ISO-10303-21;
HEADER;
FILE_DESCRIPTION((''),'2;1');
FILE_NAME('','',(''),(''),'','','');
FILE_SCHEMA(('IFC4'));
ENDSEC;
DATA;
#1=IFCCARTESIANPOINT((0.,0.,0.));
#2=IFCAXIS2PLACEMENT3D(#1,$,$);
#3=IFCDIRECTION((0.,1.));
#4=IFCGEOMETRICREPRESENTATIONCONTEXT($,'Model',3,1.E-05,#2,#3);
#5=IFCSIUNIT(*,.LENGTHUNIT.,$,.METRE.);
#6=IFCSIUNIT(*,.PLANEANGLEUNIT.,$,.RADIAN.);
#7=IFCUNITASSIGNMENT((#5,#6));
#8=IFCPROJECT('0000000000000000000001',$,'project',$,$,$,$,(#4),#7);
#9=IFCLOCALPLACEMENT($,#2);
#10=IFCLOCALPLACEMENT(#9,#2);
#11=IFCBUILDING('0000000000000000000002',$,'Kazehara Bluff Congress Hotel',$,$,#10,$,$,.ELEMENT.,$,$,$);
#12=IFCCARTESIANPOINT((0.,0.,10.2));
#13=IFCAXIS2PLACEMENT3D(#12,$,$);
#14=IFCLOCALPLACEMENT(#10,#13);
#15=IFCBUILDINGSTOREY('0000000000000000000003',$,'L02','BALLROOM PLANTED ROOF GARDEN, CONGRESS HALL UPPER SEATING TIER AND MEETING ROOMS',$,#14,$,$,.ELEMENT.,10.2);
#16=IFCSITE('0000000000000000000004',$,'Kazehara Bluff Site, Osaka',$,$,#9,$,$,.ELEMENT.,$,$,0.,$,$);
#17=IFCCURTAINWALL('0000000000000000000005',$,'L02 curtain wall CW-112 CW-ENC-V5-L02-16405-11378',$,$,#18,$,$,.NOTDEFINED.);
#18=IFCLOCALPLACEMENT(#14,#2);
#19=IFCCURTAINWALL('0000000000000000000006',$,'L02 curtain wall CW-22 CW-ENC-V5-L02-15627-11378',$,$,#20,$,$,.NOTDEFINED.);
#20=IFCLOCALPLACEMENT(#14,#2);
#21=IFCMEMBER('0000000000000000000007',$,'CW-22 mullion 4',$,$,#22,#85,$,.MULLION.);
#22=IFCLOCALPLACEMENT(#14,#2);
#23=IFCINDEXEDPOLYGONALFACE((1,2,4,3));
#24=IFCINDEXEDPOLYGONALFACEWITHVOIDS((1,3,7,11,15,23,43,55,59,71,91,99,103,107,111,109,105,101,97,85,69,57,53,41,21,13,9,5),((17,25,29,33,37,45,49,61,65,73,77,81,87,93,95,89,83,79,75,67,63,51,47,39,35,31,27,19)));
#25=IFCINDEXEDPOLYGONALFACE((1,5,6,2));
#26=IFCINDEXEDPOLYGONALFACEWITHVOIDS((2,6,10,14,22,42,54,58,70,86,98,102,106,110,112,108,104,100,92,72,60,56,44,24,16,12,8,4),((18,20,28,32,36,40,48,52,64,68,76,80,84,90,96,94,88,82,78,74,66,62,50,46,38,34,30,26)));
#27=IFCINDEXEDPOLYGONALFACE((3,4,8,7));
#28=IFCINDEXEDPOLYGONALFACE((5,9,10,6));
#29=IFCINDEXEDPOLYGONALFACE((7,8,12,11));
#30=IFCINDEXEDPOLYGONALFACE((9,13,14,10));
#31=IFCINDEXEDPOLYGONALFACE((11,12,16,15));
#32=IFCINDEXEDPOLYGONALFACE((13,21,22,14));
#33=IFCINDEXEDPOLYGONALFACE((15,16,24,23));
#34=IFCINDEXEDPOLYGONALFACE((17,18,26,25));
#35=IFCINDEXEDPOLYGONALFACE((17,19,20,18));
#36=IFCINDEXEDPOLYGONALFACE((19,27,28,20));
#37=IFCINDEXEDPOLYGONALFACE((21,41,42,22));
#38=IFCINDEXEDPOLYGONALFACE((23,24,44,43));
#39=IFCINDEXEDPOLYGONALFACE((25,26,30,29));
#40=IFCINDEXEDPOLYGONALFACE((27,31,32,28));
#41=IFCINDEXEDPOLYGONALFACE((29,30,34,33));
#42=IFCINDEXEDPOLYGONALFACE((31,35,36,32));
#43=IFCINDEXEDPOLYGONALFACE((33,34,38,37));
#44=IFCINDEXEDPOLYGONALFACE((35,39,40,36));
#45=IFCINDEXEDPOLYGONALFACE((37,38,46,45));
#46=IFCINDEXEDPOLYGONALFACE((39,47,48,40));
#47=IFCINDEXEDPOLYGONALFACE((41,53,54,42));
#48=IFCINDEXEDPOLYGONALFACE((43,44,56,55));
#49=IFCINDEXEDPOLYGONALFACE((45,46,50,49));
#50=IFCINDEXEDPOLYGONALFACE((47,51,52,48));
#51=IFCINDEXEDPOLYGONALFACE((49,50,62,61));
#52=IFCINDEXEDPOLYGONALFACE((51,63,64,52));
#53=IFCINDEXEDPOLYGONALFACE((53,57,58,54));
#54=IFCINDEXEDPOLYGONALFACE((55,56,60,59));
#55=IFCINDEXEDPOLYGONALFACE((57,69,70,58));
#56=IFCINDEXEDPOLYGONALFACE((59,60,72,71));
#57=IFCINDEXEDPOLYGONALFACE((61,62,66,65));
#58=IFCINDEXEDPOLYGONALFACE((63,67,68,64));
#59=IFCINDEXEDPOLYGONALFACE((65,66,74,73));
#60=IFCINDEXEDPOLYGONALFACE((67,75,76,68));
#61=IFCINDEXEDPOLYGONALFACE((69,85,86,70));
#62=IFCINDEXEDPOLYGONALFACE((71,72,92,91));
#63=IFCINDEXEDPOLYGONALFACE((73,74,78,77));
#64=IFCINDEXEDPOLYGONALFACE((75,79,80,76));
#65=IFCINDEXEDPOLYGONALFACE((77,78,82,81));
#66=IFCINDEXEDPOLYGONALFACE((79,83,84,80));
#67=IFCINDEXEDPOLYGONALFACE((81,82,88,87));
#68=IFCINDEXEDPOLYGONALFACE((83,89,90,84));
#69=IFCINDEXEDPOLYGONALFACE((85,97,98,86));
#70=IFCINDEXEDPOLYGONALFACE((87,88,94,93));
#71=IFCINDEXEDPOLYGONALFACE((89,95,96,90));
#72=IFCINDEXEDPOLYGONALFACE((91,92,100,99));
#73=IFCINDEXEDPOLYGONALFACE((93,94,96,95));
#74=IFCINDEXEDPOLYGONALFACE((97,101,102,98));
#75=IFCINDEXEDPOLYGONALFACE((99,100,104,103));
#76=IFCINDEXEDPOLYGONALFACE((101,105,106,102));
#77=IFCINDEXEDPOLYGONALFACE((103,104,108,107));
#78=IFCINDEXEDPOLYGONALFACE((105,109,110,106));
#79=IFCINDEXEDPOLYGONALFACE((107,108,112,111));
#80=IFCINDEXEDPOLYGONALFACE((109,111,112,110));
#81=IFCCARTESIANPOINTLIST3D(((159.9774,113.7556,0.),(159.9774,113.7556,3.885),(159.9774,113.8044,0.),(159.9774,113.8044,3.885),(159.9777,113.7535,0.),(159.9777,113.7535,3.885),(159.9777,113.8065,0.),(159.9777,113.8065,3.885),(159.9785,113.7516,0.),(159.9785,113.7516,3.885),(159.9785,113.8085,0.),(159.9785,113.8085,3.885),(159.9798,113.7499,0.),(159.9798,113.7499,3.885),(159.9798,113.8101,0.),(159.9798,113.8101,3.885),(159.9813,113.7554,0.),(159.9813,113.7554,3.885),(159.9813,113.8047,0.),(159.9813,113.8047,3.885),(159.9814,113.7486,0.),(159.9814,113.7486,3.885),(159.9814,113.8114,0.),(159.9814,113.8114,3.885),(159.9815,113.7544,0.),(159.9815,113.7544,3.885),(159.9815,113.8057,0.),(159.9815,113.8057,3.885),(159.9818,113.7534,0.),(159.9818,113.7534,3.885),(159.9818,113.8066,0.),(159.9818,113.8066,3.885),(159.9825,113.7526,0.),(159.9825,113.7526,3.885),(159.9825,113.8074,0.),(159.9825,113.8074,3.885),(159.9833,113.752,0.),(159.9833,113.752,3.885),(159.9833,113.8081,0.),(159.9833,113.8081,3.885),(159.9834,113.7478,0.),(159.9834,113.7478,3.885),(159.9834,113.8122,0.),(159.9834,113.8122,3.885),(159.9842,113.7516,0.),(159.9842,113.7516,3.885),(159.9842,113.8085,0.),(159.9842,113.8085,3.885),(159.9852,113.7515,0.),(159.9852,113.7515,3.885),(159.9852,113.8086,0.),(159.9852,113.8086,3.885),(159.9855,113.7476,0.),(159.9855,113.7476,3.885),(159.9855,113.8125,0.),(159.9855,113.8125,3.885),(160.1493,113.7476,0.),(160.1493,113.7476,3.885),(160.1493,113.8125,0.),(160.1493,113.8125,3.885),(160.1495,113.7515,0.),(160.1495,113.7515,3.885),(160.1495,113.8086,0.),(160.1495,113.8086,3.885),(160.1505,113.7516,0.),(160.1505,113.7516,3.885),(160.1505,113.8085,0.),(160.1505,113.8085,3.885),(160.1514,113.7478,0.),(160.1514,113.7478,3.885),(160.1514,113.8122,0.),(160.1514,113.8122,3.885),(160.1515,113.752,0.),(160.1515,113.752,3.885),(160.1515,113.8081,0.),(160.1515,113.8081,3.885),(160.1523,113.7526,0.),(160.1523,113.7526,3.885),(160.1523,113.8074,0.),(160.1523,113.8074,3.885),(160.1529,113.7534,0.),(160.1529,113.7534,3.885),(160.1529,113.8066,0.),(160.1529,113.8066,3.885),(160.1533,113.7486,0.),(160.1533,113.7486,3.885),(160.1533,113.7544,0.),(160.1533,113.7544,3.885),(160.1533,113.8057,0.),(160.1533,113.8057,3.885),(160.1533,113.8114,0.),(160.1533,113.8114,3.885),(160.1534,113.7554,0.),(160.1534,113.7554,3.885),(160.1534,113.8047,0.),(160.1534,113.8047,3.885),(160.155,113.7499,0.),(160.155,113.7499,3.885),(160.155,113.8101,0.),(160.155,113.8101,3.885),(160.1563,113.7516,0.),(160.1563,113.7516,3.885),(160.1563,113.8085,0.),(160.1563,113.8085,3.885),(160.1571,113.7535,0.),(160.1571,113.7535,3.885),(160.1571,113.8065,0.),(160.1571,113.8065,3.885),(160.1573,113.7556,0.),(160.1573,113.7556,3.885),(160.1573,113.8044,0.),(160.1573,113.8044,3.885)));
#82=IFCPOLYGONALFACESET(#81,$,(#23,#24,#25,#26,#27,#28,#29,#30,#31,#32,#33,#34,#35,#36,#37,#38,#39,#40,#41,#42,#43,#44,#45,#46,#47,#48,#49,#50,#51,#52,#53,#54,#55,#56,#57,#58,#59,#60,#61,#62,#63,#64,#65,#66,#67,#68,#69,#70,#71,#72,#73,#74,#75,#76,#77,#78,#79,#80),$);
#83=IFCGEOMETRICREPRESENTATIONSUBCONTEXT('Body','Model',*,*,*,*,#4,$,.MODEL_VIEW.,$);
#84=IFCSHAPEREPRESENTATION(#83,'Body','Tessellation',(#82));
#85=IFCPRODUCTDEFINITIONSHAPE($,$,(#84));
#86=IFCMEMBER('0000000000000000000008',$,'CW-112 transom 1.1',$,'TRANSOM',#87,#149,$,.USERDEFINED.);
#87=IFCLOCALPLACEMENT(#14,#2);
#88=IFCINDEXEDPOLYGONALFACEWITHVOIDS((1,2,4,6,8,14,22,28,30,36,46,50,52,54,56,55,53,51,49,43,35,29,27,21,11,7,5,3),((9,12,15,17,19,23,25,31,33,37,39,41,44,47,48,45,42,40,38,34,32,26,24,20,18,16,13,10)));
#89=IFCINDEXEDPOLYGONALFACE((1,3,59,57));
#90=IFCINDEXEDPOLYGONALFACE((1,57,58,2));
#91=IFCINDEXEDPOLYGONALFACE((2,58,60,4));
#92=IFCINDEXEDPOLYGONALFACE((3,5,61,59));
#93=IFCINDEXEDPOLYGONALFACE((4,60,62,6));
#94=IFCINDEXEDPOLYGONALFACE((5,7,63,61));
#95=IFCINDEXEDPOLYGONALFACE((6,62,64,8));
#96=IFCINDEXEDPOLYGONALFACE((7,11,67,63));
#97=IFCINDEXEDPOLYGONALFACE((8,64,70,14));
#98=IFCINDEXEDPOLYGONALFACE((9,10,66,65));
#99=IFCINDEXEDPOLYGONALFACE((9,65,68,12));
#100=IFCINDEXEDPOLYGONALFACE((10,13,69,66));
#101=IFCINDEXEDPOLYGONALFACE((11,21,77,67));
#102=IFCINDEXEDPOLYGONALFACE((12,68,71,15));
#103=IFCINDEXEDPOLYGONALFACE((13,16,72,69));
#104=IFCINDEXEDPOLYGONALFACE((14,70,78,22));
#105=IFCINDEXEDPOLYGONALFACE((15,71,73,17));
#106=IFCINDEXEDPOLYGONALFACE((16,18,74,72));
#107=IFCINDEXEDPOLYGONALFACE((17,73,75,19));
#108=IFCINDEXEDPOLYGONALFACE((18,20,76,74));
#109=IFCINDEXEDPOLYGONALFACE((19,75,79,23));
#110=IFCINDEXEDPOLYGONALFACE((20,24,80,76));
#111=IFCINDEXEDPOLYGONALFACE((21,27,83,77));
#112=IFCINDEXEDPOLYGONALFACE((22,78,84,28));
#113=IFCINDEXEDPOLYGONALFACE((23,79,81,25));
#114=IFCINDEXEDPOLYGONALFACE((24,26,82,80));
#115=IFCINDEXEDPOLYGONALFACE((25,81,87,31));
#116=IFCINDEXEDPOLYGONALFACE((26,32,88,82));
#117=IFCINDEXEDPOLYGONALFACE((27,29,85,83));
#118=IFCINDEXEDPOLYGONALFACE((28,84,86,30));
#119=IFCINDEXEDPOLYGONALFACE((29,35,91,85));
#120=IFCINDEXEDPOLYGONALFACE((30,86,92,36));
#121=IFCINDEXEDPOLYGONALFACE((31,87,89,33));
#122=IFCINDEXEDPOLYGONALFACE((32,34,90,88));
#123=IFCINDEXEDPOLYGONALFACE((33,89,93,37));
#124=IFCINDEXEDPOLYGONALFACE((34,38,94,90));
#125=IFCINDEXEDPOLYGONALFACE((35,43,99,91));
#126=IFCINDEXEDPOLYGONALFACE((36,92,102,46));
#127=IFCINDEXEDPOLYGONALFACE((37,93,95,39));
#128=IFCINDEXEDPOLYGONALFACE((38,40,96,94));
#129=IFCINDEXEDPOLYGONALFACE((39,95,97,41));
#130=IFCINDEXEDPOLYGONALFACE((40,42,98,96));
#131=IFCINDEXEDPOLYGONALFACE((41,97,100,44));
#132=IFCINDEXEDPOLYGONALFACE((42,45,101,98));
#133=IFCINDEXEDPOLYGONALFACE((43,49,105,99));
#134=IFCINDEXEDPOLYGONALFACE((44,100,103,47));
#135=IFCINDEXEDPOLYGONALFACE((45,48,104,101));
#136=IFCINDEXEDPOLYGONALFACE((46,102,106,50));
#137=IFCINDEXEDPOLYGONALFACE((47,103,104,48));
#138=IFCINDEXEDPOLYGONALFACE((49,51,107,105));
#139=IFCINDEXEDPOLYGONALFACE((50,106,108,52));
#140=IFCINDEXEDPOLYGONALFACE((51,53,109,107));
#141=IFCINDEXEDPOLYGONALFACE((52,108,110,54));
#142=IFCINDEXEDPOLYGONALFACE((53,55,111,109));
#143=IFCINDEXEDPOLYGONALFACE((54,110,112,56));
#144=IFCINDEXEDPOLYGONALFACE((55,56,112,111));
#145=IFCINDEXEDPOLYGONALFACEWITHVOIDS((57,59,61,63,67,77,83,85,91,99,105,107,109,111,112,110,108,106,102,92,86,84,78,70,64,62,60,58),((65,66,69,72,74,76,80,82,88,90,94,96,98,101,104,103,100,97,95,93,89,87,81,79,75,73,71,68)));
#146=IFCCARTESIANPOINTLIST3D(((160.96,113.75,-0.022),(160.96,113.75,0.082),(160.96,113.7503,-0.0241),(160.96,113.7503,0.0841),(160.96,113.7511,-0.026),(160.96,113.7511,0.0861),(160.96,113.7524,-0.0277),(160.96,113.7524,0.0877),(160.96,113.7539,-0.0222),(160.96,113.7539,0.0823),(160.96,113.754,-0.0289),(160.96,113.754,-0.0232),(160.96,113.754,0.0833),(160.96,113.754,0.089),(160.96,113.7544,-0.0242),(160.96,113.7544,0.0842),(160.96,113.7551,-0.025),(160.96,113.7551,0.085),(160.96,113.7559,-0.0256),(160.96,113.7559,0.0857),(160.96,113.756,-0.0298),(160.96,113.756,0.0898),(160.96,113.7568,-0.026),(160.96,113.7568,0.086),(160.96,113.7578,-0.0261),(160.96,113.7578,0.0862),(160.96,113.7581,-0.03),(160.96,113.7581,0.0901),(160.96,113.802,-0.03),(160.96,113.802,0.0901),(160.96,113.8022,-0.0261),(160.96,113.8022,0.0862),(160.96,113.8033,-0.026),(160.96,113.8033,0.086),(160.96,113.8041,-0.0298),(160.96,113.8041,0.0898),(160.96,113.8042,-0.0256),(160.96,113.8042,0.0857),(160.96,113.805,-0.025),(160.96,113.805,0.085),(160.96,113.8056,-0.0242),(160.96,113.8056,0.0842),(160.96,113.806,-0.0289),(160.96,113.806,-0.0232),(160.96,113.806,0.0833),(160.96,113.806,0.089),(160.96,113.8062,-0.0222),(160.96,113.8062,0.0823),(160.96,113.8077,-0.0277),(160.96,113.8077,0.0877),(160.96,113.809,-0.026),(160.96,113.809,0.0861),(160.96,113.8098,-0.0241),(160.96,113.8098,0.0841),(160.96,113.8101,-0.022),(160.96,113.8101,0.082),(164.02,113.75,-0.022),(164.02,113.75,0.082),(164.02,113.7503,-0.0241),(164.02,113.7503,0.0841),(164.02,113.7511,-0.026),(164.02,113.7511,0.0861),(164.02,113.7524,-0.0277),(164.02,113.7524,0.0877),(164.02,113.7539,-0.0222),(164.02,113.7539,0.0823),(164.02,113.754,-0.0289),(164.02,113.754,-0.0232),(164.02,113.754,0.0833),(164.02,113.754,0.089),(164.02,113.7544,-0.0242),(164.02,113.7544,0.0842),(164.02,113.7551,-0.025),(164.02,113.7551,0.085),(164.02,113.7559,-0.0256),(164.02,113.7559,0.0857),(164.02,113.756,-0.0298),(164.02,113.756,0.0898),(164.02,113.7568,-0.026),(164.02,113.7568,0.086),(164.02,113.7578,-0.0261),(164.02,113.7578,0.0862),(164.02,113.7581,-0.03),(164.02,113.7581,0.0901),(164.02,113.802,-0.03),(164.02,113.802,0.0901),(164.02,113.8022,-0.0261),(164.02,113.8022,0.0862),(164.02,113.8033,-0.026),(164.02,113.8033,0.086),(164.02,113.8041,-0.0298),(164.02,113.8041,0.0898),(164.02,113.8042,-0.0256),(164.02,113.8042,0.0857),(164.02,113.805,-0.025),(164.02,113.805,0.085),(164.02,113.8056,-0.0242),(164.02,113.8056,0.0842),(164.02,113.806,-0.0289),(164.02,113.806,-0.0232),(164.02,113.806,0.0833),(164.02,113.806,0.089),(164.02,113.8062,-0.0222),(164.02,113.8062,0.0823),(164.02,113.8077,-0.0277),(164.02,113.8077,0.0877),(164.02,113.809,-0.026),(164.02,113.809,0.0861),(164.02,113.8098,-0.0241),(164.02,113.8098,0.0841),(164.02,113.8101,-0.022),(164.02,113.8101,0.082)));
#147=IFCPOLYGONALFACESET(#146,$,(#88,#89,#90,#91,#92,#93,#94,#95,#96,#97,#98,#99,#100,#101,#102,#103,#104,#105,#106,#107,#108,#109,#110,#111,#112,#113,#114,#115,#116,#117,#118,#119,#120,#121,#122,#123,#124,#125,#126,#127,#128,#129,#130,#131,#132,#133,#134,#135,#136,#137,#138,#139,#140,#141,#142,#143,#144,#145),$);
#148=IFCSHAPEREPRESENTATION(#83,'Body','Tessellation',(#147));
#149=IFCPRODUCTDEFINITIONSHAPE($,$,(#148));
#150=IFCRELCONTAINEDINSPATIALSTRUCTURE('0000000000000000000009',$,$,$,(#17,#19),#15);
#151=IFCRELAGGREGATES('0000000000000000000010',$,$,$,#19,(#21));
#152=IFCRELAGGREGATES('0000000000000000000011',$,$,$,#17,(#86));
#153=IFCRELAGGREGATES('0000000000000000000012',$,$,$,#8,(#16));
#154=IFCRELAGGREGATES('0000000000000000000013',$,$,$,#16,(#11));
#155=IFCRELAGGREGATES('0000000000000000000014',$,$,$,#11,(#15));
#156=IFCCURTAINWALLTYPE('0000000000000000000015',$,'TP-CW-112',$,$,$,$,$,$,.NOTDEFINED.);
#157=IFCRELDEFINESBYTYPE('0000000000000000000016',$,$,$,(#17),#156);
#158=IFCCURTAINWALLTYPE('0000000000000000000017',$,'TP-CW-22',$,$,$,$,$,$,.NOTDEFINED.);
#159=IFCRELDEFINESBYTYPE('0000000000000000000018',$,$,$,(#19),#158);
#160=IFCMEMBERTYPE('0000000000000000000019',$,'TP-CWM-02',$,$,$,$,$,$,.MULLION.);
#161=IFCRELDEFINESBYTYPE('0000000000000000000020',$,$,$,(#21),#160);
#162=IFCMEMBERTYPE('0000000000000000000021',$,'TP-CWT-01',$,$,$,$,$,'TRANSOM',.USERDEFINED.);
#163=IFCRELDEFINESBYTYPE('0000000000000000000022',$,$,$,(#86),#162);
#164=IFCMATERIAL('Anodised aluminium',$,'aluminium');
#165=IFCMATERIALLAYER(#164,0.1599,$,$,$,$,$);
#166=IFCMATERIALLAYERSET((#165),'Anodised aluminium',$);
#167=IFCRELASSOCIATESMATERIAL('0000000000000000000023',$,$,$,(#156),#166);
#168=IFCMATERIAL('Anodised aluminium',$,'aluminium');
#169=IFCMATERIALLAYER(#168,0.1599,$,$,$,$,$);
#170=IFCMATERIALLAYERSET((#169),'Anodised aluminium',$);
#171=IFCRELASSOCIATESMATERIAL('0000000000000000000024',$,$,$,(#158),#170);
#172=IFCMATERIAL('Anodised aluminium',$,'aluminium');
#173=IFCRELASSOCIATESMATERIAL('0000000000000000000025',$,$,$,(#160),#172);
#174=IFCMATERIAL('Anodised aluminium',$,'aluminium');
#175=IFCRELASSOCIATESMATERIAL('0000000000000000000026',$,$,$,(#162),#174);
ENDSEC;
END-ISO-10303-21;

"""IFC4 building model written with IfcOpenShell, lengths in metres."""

from ifc_helpers import new_model, si_unit, direction, frame, origin, origin_2d, place, context, subcontext, project, spatial, hollow_rectangle, extrude, material, layer, layer_set, material_profile, profile_set, type_object, element, aggregate, save


model = new_model("IFC4")

# Units and contexts
model_context = context("Model", 3, precision=1e-05, world=origin(), true_north=direction((0.0, 1.0)))
body_context = subcontext(model_context, "Body", "Model", "MODEL_VIEW")
ifc_project = project(units=[si_unit("LENGTHUNIT", "METRE"), si_unit("PLANEANGLEUNIT", "RADIAN")], contexts=[model_context])

# Site, building, storey
site_placement = place(None, origin())
site = spatial("IfcSite", under=ifc_project, at=site_placement, Name="Kazehara Bluff Site, Osaka", CompositionType="ELEMENT", RefElevation=0.0)
building_placement = place(site_placement, origin())
building = spatial("IfcBuilding", under=site, at=building_placement, Name="Kazehara Bluff Congress Hotel", CompositionType="ELEMENT")
storey_placement = place(building_placement, frame((0.0, 0.0, 10.2)))
storey = spatial("IfcBuildingStorey", under=building, at=storey_placement, Name="L02", Description="BALLROOM PLANTED ROOF GARDEN, CONGRESS HALL UPPER SEATING TIER AND MEETING ROOMS", CompositionType="ELEMENT", Elevation=10.2)

# Curtain walls, member
ifc_material_1 = material(Name="Anodised aluminium", Category="aluminium")
ifc_layer_1 = layer(ifc_material_1, 0.1599)
ifc_layer_set_1 = layer_set([ifc_layer_1], Name="Anodised aluminium")
curtain_wall_type_1 = type_object("IfcCurtainWallType", Name="TP-CW-112", PredefinedType="NOTDEFINED", material=ifc_layer_set_1)
curtain_wall_1_placement = place(storey_placement, origin())
curtain_wall_1 = element("IfcCurtainWall", 1, at=curtain_wall_1_placement, inside=storey, type_object=curtain_wall_type_1, Name="L02 curtain wall CW-112 CW-ENC-V5-L02-16405-11378", PredefinedType="NOTDEFINED")
ifc_material_2 = material(Name="Anodised aluminium", Category="aluminium")
ifc_layer_2 = layer(ifc_material_2, 0.1599)
ifc_layer_set_2 = layer_set([ifc_layer_2], Name="Anodised aluminium")
curtain_wall_type_2 = type_object("IfcCurtainWallType", Name="TP-CW-22", PredefinedType="NOTDEFINED", material=ifc_layer_set_2)
curtain_wall_2_placement = place(storey_placement, origin())
curtain_wall_2 = element("IfcCurtainWall", 2, at=curtain_wall_2_placement, inside=storey, type_object=curtain_wall_type_2, Name="L02 curtain wall CW-22 CW-ENC-V5-L02-15627-11378", PredefinedType="NOTDEFINED")
ifc_material_3 = material(Name="Anodised aluminium", Category="aluminium")
ifc_material_profile_1 = material_profile(ifc_material_3, hollow_rectangle(XDim=0.0649, YDim=0.1799, WallThickness=0.0039, InnerFilletRadius=0.0039, OuterFilletRadius=0.0081, at=origin_2d()))
ifc_profile_set_1 = profile_set([ifc_material_profile_1], Name="Anodised aluminium")
member_type_1 = type_object("IfcMemberType", Name="TP-CWM-02", PredefinedType="MULLION", material=ifc_profile_set_1)
member_1_placement = place(storey_placement, frame((160.0674, 113.78, 0.0), z_axis=(0.0, 0.0, 1.0), x_axis=(0.0, 1.0, 0.0)))
member_1 = element("IfcMember", 3, at=member_1_placement, type_object=member_type_1, Name="CW-22 mullion 4", PredefinedType="MULLION", context=body_context, shape_type="SweptSolid", body=[
    extrude(hollow_rectangle(XDim=0.0649, YDim=0.1799, WallThickness=0.0039, InnerFilletRadius=0.0039, OuterFilletRadius=0.0081, at=origin_2d()), origin(), (0.0, 0.0, 1.0), 3.885),
])

# Member
ifc_material_4 = material(Name="Anodised aluminium", Category="aluminium")
ifc_material_profile_2 = material_profile(ifc_material_4, hollow_rectangle(XDim=0.0601, YDim=0.1201, WallThickness=0.0039, InnerFilletRadius=0.0039, OuterFilletRadius=0.0081, at=origin_2d()))
ifc_profile_set_2 = profile_set([ifc_material_profile_2], Name="Anodised aluminium")
member_type_2 = type_object("IfcMemberType", Name="TP-CWT-01", ElementType="TRANSOM", PredefinedType="USERDEFINED", material=ifc_profile_set_2)
member_2_placement = place(storey_placement, frame((160.96, 113.78, 0.03), z_axis=(1.0, 0.0, 0.0), x_axis=(0.0, 1.0, 0.0)))
member_2 = element("IfcMember", 4, at=member_2_placement, type_object=member_type_2, Name="CW-112 transom 1.1", ObjectType="TRANSOM", PredefinedType="USERDEFINED", context=body_context, shape_type="SweptSolid", body=[
    extrude(hollow_rectangle(XDim=0.0601, YDim=0.1201, WallThickness=0.0039, InnerFilletRadius=0.0039, OuterFilletRadius=0.0081, at=origin_2d()), origin(), (0.0, 0.0, 1.0), 3.0601),
])

aggregate(curtain_wall_2, [member_1])
aggregate(curtain_wall_1, [member_2])

save(model, "model.ifc")
